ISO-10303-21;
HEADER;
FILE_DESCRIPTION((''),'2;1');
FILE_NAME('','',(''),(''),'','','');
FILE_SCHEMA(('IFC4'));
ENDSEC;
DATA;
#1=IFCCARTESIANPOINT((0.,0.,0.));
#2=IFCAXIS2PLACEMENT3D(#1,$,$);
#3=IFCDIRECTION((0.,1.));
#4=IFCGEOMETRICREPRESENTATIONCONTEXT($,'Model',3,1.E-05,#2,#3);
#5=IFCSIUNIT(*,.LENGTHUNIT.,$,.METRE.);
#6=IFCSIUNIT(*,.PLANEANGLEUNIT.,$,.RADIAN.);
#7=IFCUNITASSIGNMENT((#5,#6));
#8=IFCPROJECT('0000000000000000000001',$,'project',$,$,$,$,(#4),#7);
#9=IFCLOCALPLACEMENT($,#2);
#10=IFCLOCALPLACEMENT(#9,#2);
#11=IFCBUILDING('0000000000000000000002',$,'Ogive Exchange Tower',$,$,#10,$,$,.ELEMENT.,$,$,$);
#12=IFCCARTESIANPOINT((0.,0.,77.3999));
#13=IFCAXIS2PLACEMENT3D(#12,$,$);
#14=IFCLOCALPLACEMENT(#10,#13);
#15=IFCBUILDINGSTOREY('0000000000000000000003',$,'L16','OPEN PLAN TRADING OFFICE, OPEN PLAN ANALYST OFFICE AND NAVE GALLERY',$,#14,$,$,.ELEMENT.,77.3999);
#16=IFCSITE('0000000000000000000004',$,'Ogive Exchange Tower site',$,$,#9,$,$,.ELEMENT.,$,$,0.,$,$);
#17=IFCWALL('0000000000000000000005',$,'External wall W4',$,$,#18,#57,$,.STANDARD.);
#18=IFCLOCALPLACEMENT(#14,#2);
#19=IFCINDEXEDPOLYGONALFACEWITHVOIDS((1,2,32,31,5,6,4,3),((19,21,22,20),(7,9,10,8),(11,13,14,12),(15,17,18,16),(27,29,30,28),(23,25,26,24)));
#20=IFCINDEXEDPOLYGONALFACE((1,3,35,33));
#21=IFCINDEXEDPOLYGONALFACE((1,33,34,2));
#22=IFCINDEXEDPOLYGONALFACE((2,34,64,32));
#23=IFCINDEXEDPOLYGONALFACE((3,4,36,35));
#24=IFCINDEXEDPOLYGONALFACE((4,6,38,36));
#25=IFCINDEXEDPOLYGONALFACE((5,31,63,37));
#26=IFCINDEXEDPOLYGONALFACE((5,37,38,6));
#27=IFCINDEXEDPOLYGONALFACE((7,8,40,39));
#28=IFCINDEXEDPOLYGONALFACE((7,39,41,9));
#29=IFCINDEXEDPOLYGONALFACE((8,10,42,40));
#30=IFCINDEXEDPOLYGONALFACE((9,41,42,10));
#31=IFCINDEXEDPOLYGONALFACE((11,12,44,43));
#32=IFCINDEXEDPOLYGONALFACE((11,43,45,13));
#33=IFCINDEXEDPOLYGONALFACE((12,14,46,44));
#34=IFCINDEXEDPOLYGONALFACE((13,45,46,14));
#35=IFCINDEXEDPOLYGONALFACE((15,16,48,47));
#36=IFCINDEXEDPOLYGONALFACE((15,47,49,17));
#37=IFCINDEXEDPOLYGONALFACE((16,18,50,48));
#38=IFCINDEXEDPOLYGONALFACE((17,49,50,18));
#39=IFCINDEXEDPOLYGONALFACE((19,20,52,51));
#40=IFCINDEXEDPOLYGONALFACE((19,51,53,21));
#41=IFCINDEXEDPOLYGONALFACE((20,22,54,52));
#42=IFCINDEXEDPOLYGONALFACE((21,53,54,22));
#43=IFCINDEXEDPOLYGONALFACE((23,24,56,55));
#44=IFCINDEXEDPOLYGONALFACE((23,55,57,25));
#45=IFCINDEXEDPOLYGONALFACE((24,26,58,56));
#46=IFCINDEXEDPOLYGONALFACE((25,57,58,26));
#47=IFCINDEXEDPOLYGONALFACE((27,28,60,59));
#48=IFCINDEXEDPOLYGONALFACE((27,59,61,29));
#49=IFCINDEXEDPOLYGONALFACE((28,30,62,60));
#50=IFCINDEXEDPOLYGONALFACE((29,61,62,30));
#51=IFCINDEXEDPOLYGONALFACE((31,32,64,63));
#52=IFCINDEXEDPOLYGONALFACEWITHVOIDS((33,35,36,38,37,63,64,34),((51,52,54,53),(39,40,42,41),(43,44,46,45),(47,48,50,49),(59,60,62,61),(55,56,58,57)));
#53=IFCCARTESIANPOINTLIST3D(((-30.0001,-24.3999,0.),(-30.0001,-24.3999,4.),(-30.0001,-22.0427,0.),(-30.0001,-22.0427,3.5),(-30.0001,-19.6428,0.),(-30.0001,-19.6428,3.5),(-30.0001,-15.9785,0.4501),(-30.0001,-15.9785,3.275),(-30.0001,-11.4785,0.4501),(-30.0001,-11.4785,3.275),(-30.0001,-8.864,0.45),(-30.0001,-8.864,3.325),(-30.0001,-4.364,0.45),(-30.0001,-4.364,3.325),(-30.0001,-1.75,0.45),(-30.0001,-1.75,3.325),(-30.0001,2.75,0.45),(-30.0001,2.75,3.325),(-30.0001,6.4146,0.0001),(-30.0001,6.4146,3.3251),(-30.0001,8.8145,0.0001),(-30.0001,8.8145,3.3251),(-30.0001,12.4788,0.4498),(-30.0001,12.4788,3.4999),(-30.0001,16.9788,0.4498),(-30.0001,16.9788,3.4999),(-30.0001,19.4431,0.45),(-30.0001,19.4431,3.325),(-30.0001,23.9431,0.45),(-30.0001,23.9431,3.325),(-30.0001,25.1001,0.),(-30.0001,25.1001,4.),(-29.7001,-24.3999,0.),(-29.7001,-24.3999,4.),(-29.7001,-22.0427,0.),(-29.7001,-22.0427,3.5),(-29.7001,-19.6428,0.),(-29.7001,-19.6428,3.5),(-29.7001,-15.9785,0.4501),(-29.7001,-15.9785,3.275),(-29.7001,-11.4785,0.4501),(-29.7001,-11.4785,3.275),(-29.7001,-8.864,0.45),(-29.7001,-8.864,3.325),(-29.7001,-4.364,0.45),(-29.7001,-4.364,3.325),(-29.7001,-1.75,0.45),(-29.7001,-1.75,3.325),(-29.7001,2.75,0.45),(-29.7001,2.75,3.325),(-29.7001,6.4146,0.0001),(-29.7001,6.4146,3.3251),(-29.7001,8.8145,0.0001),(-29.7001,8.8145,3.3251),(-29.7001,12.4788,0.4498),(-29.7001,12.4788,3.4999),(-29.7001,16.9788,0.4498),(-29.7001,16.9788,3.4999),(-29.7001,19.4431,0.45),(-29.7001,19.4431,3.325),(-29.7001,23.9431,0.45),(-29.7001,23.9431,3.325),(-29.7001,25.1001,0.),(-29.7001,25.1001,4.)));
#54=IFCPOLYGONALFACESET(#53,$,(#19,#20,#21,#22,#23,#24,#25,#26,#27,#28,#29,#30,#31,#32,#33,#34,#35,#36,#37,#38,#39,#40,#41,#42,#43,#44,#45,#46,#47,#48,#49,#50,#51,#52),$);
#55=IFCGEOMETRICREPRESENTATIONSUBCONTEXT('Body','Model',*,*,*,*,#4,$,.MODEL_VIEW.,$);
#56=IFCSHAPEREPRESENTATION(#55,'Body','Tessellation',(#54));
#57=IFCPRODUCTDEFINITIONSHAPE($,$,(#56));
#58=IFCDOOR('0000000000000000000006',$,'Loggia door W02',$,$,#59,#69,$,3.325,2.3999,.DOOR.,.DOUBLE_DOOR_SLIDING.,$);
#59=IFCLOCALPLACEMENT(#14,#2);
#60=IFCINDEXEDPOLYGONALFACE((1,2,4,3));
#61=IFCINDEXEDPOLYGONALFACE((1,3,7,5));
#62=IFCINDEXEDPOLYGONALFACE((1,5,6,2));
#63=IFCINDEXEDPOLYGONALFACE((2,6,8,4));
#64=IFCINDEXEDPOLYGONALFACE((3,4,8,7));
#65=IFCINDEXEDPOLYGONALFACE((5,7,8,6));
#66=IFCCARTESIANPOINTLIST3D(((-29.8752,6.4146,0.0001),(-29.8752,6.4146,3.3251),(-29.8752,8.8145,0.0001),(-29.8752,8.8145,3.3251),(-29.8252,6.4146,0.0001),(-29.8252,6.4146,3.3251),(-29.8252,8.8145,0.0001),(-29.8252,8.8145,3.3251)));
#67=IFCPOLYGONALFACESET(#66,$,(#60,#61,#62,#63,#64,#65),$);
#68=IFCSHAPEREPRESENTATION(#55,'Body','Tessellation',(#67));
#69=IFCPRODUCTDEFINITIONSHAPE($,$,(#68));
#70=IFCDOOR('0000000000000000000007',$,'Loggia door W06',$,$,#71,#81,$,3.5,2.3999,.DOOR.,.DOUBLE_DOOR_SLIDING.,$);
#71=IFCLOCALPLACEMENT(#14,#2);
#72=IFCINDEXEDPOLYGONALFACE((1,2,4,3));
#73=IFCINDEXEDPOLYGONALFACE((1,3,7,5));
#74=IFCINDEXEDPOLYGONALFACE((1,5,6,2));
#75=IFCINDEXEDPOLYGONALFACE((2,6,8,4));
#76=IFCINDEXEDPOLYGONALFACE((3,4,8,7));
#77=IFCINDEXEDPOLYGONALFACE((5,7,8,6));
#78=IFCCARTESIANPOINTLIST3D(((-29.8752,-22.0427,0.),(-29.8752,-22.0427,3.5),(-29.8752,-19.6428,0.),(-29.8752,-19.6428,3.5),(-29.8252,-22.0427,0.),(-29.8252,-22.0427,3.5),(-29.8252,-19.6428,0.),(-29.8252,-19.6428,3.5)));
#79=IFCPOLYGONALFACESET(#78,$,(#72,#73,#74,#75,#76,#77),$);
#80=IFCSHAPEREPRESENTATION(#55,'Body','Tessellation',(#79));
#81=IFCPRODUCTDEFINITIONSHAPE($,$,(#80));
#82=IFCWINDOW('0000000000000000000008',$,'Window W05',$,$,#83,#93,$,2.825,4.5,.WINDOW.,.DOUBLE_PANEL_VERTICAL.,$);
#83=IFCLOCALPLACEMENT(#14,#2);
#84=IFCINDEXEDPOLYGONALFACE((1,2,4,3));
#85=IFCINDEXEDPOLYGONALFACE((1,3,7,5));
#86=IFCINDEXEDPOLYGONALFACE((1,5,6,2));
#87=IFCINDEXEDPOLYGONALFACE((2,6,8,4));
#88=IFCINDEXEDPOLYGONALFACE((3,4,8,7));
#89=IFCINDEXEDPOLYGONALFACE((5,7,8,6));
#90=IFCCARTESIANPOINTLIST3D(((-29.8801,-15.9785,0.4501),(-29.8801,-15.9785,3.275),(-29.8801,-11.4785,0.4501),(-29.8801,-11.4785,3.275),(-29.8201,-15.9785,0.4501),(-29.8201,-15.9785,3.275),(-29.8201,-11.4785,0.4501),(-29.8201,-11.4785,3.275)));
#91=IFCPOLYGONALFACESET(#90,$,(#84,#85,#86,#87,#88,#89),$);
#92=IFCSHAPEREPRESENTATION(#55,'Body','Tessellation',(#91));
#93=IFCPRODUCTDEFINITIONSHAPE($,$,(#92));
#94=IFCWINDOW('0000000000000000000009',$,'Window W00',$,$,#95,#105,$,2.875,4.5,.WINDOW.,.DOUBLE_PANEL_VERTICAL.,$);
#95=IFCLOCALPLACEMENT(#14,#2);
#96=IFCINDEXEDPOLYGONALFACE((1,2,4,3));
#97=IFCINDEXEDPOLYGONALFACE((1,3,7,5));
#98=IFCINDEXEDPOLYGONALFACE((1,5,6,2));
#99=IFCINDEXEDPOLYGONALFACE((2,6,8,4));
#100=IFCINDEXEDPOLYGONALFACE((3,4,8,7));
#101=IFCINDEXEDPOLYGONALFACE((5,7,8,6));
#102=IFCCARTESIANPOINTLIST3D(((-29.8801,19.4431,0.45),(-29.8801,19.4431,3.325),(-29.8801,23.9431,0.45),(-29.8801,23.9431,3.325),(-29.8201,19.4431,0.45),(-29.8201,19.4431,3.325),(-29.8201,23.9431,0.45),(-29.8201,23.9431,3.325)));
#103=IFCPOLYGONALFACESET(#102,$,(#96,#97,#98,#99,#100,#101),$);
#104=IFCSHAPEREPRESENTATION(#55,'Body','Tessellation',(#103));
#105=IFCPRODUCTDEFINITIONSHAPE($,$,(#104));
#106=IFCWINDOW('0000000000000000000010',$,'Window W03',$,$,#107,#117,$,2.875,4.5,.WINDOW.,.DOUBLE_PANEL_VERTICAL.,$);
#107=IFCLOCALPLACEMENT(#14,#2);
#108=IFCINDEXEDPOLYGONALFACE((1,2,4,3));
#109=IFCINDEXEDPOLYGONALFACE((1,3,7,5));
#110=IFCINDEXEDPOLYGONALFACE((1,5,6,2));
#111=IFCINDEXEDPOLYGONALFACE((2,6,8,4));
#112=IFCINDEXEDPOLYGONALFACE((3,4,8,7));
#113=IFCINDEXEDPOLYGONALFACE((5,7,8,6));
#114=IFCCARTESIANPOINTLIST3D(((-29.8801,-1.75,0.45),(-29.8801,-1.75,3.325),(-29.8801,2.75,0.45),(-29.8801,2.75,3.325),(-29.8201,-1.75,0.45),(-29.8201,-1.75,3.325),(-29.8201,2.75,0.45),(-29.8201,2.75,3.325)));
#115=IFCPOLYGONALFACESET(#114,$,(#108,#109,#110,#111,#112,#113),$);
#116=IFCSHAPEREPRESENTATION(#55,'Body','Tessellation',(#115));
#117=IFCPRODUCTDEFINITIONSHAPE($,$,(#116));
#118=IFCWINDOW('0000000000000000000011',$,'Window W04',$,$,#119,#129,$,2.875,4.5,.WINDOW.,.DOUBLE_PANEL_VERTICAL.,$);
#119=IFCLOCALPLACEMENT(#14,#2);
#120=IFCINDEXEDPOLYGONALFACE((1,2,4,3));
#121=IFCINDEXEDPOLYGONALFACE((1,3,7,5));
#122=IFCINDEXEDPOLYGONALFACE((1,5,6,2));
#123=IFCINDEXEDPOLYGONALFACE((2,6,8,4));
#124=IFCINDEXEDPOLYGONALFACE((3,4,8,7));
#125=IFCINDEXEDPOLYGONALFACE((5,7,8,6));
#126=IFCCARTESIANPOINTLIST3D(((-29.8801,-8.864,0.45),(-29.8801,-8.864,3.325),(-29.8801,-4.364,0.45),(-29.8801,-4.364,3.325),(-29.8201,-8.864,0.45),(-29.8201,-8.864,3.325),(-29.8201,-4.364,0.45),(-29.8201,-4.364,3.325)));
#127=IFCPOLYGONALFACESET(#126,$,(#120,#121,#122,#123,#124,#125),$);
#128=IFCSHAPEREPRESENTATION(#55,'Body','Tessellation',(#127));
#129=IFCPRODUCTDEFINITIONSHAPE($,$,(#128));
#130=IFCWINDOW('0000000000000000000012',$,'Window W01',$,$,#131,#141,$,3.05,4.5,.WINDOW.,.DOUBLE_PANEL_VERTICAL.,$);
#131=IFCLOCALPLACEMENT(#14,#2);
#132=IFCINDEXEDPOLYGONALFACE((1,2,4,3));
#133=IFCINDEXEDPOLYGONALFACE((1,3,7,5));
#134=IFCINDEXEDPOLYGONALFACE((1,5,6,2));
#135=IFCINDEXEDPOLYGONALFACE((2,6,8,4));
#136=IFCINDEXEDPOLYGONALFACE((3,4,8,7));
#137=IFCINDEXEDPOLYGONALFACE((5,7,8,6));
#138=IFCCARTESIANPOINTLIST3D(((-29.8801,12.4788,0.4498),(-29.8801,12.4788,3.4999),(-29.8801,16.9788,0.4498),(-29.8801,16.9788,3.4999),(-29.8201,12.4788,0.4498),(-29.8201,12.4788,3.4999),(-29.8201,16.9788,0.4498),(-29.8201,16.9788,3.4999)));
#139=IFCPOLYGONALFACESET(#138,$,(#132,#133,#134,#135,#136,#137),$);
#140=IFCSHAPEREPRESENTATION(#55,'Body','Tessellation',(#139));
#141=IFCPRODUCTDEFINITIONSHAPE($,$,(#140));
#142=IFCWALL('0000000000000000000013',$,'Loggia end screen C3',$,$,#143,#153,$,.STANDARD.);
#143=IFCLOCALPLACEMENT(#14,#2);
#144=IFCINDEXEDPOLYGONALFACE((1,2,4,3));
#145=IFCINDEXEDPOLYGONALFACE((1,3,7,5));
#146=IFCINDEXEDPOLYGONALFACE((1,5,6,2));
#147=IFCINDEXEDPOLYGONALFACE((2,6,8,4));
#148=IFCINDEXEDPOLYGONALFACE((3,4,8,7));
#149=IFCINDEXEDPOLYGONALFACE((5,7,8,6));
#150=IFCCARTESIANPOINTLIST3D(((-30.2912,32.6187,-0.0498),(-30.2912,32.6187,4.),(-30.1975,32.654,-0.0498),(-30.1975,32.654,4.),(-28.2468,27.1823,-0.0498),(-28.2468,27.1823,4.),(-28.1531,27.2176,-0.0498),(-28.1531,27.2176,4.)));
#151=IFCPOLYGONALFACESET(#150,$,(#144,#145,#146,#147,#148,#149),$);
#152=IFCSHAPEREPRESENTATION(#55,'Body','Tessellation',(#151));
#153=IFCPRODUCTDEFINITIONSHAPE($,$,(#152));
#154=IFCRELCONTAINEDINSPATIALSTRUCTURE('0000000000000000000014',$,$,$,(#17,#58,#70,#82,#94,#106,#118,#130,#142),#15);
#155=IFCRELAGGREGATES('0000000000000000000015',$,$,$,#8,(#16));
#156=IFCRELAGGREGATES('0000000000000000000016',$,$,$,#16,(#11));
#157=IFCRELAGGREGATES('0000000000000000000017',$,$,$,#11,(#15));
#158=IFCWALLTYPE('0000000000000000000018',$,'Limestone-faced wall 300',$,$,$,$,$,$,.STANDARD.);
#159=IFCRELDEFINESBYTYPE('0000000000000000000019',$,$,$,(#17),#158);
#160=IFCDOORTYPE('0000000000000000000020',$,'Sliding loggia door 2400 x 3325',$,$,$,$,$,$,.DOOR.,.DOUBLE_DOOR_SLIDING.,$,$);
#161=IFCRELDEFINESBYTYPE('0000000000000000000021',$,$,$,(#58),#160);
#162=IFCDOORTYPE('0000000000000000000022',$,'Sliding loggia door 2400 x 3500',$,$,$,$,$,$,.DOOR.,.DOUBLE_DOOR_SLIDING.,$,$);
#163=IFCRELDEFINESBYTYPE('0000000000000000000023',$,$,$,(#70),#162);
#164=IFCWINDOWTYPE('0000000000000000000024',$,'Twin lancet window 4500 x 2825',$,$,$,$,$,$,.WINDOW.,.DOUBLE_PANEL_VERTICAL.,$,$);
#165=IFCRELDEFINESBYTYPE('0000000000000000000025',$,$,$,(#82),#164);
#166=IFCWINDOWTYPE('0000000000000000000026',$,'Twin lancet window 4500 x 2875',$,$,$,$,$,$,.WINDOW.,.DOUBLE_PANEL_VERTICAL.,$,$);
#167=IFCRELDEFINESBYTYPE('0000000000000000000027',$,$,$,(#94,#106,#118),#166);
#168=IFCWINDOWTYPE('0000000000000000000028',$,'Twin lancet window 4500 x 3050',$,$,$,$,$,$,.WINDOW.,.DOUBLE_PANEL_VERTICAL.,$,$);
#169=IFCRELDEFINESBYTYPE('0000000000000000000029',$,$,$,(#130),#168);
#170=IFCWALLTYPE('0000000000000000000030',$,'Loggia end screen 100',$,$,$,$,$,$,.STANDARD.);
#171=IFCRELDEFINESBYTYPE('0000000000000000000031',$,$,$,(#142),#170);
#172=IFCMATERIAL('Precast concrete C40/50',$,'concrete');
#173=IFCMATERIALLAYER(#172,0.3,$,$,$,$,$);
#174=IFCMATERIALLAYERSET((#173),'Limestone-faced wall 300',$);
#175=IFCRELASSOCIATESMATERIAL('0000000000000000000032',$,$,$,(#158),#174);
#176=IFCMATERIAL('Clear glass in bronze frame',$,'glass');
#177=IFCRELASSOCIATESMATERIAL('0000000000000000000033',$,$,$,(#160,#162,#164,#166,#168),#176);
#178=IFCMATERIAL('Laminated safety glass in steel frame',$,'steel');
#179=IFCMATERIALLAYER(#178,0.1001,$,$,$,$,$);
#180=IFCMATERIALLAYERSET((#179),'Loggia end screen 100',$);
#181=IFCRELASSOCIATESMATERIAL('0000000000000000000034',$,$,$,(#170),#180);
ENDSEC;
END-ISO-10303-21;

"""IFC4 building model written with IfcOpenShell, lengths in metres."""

from ifc_helpers import new_model, si_unit, direction, frame, frame_2d, origin, place, context, subcontext, project, spatial, rectangle, extrude, material, layer, layer_set, type_object, element, fill, save


model = new_model("IFC4")

# Units and contexts
model_context = context("Model", 3, precision=1e-05, world=origin(), true_north=direction((0.0, 1.0)))
body_context = subcontext(model_context, "Body", "Model", "MODEL_VIEW")
ifc_project = project(units=[si_unit("LENGTHUNIT", "METRE"), si_unit("PLANEANGLEUNIT", "RADIAN")], contexts=[model_context])

# Site, building, storey
site_placement = place(None, origin())
site = spatial("IfcSite", under=ifc_project, at=site_placement, Name="Ogive Exchange Tower site", CompositionType="ELEMENT", RefElevation=0.0)
building_placement = place(site_placement, origin())
building = spatial("IfcBuilding", under=site, at=building_placement, Name="Ogive Exchange Tower", CompositionType="ELEMENT")
storey_placement = place(building_placement, frame((0.0, 0.0, 77.3999)))
storey = spatial("IfcBuildingStorey", under=building, at=storey_placement, Name="L16", Description="OPEN PLAN TRADING OFFICE, OPEN PLAN ANALYST OFFICE AND NAVE GALLERY", CompositionType="ELEMENT", Elevation=77.3999)

# Wall, openings, doors, windows
ifc_material_1 = material(Name="Precast concrete C40/50", Category="concrete")
ifc_layer_1 = layer(ifc_material_1, 0.3)
ifc_layer_set_1 = layer_set([ifc_layer_1], Name="Limestone-faced wall 300")
wall_type_1 = type_object("IfcWallType", Name="Limestone-faced wall 300", PredefinedType="STANDARD", material=ifc_layer_set_1)
wall_1_placement = place(storey_placement, frame((-29.8501, 25.1001, 0.0), z_axis=(0.0, 0.0, 1.0), x_axis=(0.0, -1.0, 0.0)))
wall_1 = element("IfcWall", 1, at=wall_1_placement, inside=storey, type_object=wall_type_1, Name="External wall W4", PredefinedType="STANDARD", context=body_context, shape_type="SweptSolid", body=[
    extrude(rectangle(XDim=49.5, YDim=0.3, at=frame_2d((24.75, 0.0))), origin(), (0.0, 0.0, 1.0), 4.0),
])
opening_1_placement = place(wall_1_placement, frame((1.157, 0.0, 0.45)))
opening_1 = element("IfcOpeningElement", 2, at=opening_1_placement, cuts=wall_1, PredefinedType="OPENING", context=body_context, shape_type="SweptSolid", body=[
    extrude(rectangle(XDim=4.5, YDim=2.875, at=frame_2d((2.25, 1.4375))), frame((0.0, 0.1599, 0.0), z_axis=(0.0, -1.0, 0.0), x_axis=(1.0, 0.0, 0.0)), (0.0, 0.0, 1.0), 0.3201),
])
opening_2_placement = place(wall_1_placement, frame((8.1213, 0.0, 0.45)))
opening_2 = element("IfcOpeningElement", 3, at=opening_2_placement, cuts=wall_1, PredefinedType="OPENING", context=body_context, shape_type="SweptSolid", body=[
    extrude(rectangle(XDim=4.5, YDim=3.05, at=frame_2d((2.25, 1.5249))), frame((0.0, 0.1599, 0.0), z_axis=(0.0, -1.0, 0.0), x_axis=(1.0, 0.0, 0.0)), (0.0, 0.0, 1.0), 0.3201),
])
opening_3_placement = place(wall_1_placement, frame((16.2856, 0.0, 0.0)))
opening_3 = element("IfcOpeningElement", 4, at=opening_3_placement, cuts=wall_1, PredefinedType="OPENING", context=body_context, shape_type="SweptSolid", body=[
    extrude(rectangle(XDim=2.3999, YDim=3.325, at=frame_2d((1.2, 1.6626))), frame((0.0, 0.1599, 0.0), z_axis=(0.0, -1.0, 0.0), x_axis=(1.0, 0.0, 0.0)), (0.0, 0.0, 1.0), 0.3201),
])
opening_4_placement = place(wall_1_placement, frame((22.3501, 0.0, 0.45)))
opening_4 = element("IfcOpeningElement", 5, at=opening_4_placement, cuts=wall_1, PredefinedType="OPENING", context=body_context, shape_type="SweptSolid", body=[
    extrude(rectangle(XDim=4.5, YDim=2.875, at=frame_2d((2.25, 1.4375))), frame((0.0, 0.1599, 0.0), z_axis=(0.0, -1.0, 0.0), x_axis=(1.0, 0.0, 0.0)), (0.0, 0.0, 1.0), 0.3201),
])
opening_5_placement = place(wall_1_placement, frame((29.4641, 0.0, 0.45)))
opening_5 = element("IfcOpeningElement", 6, at=opening_5_placement, cuts=wall_1, PredefinedType="OPENING", context=body_context, shape_type="SweptSolid", body=[
    extrude(rectangle(XDim=4.5, YDim=2.875, at=frame_2d((2.25, 1.4375))), frame((0.0, 0.1599, 0.0), z_axis=(0.0, -1.0, 0.0), x_axis=(1.0, 0.0, 0.0)), (0.0, 0.0, 1.0), 0.3201),
])
opening_6_placement = place(wall_1_placement, frame((36.5786, 0.0, 0.45)))
opening_6 = element("IfcOpeningElement", 7, at=opening_6_placement, cuts=wall_1, PredefinedType="OPENING", context=body_context, shape_type="SweptSolid", body=[
    extrude(rectangle(XDim=4.5, YDim=2.825, at=frame_2d((2.25, 1.4126))), frame((0.0, 0.1599, 0.0), z_axis=(0.0, -1.0, 0.0), x_axis=(1.0, 0.0, 0.0)), (0.0, 0.0, 1.0), 0.3201),
])
opening_7_placement = place(wall_1_placement, frame((44.7429, 0.0, 0.0)))
opening_7 = element("IfcOpeningElement", 8, at=opening_7_placement, cuts=wall_1, PredefinedType="OPENING", context=body_context, shape_type="SweptSolid", body=[
    extrude(rectangle(XDim=2.3999, YDim=3.5, at=frame_2d((1.2, 1.75))), frame((0.0, 0.1599, 0.0), z_axis=(0.0, -1.0, 0.0), x_axis=(1.0, 0.0, 0.0)), (0.0, 0.0, 1.0), 0.3201),
])
ifc_material_2 = material(Name="Clear glass in bronze frame", Category="glass")
door_type_1 = type_object("IfcDoorType", Name="Sliding loggia door 2400 x 3325", OperationType="DOUBLE_DOOR_SLIDING", PredefinedType="DOOR", material=ifc_material_2)
door_1_placement = place(opening_3_placement, origin())
door_1 = element("IfcDoor", 9, at=door_1_placement, inside=storey, type_object=door_type_1, Name="Loggia door W02", OperationType="DOUBLE_DOOR_SLIDING", OverallHeight=3.325, OverallWidth=2.3999, PredefinedType="DOOR", context=body_context, shape_type="SweptSolid", body=[
    extrude(rectangle(XDim=2.3999, YDim=3.325, at=frame_2d((1.2, 1.6626))), frame((0.0, 0.0249, 0.0), z_axis=(0.0, -1.0, 0.0), x_axis=(1.0, 0.0, 0.0)), (0.0, 0.0, 1.0), 0.05),
])
fill(opening_3, door_1)
door_type_2 = type_object("IfcDoorType", Name="Sliding loggia door 2400 x 3500", OperationType="DOUBLE_DOOR_SLIDING", PredefinedType="DOOR", material=ifc_material_2)
door_2_placement = place(opening_7_placement, origin())
door_2 = element("IfcDoor", 10, at=door_2_placement, inside=storey, type_object=door_type_2, Name="Loggia door W06", OperationType="DOUBLE_DOOR_SLIDING", OverallHeight=3.5, OverallWidth=2.3999, PredefinedType="DOOR", context=body_context, shape_type="SweptSolid", body=[
    extrude(rectangle(XDim=2.3999, YDim=3.5, at=frame_2d((1.2, 1.75))), frame((0.0, 0.0249, 0.0), z_axis=(0.0, -1.0, 0.0), x_axis=(1.0, 0.0, 0.0)), (0.0, 0.0, 1.0), 0.05),
])
fill(opening_7, door_2)
window_type_1 = type_object("IfcWindowType", Name="Twin lancet window 4500 x 2825", PartitioningType="DOUBLE_PANEL_VERTICAL", PredefinedType="WINDOW", material=ifc_material_2)
window_1_placement = place(opening_6_placement, origin())
window_1 = element("IfcWindow", 11, at=window_1_placement, inside=storey, type_object=window_type_1, Name="Window W05", OverallHeight=2.825, OverallWidth=4.5, PartitioningType="DOUBLE_PANEL_VERTICAL", PredefinedType="WINDOW", context=body_context, shape_type="SweptSolid", body=[
    extrude(rectangle(XDim=4.5, YDim=2.825, at=frame_2d((2.25, 1.4126))), frame((0.0, 0.03, 0.0), z_axis=(0.0, -1.0, 0.0), x_axis=(1.0, 0.0, 0.0)), (0.0, 0.0, 1.0), 0.0601),
])
fill(opening_6, window_1)
window_type_2 = type_object("IfcWindowType", Name="Twin lancet window 4500 x 2875", PartitioningType="DOUBLE_PANEL_VERTICAL", PredefinedType="WINDOW", material=ifc_material_2)
window_2_placement = place(opening_1_placement, origin())
window_2 = element("IfcWindow", 12, at=window_2_placement, inside=storey, type_object=window_type_2, Name="Window W00", OverallHeight=2.875, OverallWidth=4.5, PartitioningType="DOUBLE_PANEL_VERTICAL", PredefinedType="WINDOW", context=body_context, shape_type="SweptSolid", body=[
    extrude(rectangle(XDim=4.5, YDim=2.875, at=frame_2d((2.25, 1.4375))), frame((0.0, 0.03, 0.0), z_axis=(0.0, -1.0, 0.0), x_axis=(1.0, 0.0, 0.0)), (0.0, 0.0, 1.0), 0.0601),
])
fill(opening_1, window_2)
window_3_placement = place(opening_4_placement, origin())
window_3 = element("IfcWindow", 13, at=window_3_placement, inside=storey, type_object=window_type_2, Name="Window W03", OverallHeight=2.875, OverallWidth=4.5, PartitioningType="DOUBLE_PANEL_VERTICAL", PredefinedType="WINDOW", context=body_context, shape_type="SweptSolid", body=[
    extrude(rectangle(XDim=4.5, YDim=2.875, at=frame_2d((2.25, 1.4375))), frame((0.0, 0.03, 0.0), z_axis=(0.0, -1.0, 0.0), x_axis=(1.0, 0.0, 0.0)), (0.0, 0.0, 1.0), 0.0601),
])
fill(opening_4, window_3)
window_4_placement = place(opening_5_placement, origin())
window_4 = element("IfcWindow", 14, at=window_4_placement, inside=storey, type_object=window_type_2, Name="Window W04", OverallHeight=2.875, OverallWidth=4.5, PartitioningType="DOUBLE_PANEL_VERTICAL", PredefinedType="WINDOW", context=body_context, shape_type="SweptSolid", body=[
    extrude(rectangle(XDim=4.5, YDim=2.875, at=frame_2d((2.25, 1.4375))), frame((0.0, 0.03, 0.0), z_axis=(0.0, -1.0, 0.0), x_axis=(1.0, 0.0, 0.0)), (0.0, 0.0, 1.0), 0.0601),
])
fill(opening_5, window_4)
window_type_3 = type_object("IfcWindowType", Name="Twin lancet window 4500 x 3050", PartitioningType="DOUBLE_PANEL_VERTICAL", PredefinedType="WINDOW", material=ifc_material_2)
window_5_placement = place(opening_2_placement, origin())
window_5 = element("IfcWindow", 15, at=window_5_placement, inside=storey, type_object=window_type_3, Name="Window W01", OverallHeight=3.05, OverallWidth=4.5, PartitioningType="DOUBLE_PANEL_VERTICAL", PredefinedType="WINDOW", context=body_context, shape_type="SweptSolid", body=[
    extrude(rectangle(XDim=4.5, YDim=3.05, at=frame_2d((2.25, 1.5249))), frame((0.0, 0.03, 0.0), z_axis=(0.0, -1.0, 0.0), x_axis=(1.0, 0.0, 0.0)), (0.0, 0.0, 1.0), 0.0601),
])
fill(opening_2, window_5)

# Wall
ifc_material_3 = material(Name="Laminated safety glass in steel frame", Category="steel")
ifc_layer_2 = layer(ifc_material_3, 0.1001)
ifc_layer_set_2 = layer_set([ifc_layer_2], Name="Loggia end screen 100")
wall_type_2 = type_object("IfcWallType", Name="Loggia end screen 100", PredefinedType="STANDARD", material=ifc_layer_set_2)
wall_2_placement = place(storey_placement, frame((-28.2, 27.2, -0.0498), z_axis=(0.0, 0.0, 1.0), x_axis=(-0.351989, 0.936004, 0.0)))
element("IfcWall", 16, at=wall_2_placement, inside=storey, type_object=wall_type_2, Name="Loggia end screen C3", PredefinedType="STANDARD", context=body_context, shape_type="SweptSolid", body=[
    extrude(rectangle(XDim=5.8081, YDim=0.1001, at=frame_2d((2.9041, 0.0))), origin(), (0.0, 0.0, 1.0), 4.0498),
])

save(model, "model.ifc")
